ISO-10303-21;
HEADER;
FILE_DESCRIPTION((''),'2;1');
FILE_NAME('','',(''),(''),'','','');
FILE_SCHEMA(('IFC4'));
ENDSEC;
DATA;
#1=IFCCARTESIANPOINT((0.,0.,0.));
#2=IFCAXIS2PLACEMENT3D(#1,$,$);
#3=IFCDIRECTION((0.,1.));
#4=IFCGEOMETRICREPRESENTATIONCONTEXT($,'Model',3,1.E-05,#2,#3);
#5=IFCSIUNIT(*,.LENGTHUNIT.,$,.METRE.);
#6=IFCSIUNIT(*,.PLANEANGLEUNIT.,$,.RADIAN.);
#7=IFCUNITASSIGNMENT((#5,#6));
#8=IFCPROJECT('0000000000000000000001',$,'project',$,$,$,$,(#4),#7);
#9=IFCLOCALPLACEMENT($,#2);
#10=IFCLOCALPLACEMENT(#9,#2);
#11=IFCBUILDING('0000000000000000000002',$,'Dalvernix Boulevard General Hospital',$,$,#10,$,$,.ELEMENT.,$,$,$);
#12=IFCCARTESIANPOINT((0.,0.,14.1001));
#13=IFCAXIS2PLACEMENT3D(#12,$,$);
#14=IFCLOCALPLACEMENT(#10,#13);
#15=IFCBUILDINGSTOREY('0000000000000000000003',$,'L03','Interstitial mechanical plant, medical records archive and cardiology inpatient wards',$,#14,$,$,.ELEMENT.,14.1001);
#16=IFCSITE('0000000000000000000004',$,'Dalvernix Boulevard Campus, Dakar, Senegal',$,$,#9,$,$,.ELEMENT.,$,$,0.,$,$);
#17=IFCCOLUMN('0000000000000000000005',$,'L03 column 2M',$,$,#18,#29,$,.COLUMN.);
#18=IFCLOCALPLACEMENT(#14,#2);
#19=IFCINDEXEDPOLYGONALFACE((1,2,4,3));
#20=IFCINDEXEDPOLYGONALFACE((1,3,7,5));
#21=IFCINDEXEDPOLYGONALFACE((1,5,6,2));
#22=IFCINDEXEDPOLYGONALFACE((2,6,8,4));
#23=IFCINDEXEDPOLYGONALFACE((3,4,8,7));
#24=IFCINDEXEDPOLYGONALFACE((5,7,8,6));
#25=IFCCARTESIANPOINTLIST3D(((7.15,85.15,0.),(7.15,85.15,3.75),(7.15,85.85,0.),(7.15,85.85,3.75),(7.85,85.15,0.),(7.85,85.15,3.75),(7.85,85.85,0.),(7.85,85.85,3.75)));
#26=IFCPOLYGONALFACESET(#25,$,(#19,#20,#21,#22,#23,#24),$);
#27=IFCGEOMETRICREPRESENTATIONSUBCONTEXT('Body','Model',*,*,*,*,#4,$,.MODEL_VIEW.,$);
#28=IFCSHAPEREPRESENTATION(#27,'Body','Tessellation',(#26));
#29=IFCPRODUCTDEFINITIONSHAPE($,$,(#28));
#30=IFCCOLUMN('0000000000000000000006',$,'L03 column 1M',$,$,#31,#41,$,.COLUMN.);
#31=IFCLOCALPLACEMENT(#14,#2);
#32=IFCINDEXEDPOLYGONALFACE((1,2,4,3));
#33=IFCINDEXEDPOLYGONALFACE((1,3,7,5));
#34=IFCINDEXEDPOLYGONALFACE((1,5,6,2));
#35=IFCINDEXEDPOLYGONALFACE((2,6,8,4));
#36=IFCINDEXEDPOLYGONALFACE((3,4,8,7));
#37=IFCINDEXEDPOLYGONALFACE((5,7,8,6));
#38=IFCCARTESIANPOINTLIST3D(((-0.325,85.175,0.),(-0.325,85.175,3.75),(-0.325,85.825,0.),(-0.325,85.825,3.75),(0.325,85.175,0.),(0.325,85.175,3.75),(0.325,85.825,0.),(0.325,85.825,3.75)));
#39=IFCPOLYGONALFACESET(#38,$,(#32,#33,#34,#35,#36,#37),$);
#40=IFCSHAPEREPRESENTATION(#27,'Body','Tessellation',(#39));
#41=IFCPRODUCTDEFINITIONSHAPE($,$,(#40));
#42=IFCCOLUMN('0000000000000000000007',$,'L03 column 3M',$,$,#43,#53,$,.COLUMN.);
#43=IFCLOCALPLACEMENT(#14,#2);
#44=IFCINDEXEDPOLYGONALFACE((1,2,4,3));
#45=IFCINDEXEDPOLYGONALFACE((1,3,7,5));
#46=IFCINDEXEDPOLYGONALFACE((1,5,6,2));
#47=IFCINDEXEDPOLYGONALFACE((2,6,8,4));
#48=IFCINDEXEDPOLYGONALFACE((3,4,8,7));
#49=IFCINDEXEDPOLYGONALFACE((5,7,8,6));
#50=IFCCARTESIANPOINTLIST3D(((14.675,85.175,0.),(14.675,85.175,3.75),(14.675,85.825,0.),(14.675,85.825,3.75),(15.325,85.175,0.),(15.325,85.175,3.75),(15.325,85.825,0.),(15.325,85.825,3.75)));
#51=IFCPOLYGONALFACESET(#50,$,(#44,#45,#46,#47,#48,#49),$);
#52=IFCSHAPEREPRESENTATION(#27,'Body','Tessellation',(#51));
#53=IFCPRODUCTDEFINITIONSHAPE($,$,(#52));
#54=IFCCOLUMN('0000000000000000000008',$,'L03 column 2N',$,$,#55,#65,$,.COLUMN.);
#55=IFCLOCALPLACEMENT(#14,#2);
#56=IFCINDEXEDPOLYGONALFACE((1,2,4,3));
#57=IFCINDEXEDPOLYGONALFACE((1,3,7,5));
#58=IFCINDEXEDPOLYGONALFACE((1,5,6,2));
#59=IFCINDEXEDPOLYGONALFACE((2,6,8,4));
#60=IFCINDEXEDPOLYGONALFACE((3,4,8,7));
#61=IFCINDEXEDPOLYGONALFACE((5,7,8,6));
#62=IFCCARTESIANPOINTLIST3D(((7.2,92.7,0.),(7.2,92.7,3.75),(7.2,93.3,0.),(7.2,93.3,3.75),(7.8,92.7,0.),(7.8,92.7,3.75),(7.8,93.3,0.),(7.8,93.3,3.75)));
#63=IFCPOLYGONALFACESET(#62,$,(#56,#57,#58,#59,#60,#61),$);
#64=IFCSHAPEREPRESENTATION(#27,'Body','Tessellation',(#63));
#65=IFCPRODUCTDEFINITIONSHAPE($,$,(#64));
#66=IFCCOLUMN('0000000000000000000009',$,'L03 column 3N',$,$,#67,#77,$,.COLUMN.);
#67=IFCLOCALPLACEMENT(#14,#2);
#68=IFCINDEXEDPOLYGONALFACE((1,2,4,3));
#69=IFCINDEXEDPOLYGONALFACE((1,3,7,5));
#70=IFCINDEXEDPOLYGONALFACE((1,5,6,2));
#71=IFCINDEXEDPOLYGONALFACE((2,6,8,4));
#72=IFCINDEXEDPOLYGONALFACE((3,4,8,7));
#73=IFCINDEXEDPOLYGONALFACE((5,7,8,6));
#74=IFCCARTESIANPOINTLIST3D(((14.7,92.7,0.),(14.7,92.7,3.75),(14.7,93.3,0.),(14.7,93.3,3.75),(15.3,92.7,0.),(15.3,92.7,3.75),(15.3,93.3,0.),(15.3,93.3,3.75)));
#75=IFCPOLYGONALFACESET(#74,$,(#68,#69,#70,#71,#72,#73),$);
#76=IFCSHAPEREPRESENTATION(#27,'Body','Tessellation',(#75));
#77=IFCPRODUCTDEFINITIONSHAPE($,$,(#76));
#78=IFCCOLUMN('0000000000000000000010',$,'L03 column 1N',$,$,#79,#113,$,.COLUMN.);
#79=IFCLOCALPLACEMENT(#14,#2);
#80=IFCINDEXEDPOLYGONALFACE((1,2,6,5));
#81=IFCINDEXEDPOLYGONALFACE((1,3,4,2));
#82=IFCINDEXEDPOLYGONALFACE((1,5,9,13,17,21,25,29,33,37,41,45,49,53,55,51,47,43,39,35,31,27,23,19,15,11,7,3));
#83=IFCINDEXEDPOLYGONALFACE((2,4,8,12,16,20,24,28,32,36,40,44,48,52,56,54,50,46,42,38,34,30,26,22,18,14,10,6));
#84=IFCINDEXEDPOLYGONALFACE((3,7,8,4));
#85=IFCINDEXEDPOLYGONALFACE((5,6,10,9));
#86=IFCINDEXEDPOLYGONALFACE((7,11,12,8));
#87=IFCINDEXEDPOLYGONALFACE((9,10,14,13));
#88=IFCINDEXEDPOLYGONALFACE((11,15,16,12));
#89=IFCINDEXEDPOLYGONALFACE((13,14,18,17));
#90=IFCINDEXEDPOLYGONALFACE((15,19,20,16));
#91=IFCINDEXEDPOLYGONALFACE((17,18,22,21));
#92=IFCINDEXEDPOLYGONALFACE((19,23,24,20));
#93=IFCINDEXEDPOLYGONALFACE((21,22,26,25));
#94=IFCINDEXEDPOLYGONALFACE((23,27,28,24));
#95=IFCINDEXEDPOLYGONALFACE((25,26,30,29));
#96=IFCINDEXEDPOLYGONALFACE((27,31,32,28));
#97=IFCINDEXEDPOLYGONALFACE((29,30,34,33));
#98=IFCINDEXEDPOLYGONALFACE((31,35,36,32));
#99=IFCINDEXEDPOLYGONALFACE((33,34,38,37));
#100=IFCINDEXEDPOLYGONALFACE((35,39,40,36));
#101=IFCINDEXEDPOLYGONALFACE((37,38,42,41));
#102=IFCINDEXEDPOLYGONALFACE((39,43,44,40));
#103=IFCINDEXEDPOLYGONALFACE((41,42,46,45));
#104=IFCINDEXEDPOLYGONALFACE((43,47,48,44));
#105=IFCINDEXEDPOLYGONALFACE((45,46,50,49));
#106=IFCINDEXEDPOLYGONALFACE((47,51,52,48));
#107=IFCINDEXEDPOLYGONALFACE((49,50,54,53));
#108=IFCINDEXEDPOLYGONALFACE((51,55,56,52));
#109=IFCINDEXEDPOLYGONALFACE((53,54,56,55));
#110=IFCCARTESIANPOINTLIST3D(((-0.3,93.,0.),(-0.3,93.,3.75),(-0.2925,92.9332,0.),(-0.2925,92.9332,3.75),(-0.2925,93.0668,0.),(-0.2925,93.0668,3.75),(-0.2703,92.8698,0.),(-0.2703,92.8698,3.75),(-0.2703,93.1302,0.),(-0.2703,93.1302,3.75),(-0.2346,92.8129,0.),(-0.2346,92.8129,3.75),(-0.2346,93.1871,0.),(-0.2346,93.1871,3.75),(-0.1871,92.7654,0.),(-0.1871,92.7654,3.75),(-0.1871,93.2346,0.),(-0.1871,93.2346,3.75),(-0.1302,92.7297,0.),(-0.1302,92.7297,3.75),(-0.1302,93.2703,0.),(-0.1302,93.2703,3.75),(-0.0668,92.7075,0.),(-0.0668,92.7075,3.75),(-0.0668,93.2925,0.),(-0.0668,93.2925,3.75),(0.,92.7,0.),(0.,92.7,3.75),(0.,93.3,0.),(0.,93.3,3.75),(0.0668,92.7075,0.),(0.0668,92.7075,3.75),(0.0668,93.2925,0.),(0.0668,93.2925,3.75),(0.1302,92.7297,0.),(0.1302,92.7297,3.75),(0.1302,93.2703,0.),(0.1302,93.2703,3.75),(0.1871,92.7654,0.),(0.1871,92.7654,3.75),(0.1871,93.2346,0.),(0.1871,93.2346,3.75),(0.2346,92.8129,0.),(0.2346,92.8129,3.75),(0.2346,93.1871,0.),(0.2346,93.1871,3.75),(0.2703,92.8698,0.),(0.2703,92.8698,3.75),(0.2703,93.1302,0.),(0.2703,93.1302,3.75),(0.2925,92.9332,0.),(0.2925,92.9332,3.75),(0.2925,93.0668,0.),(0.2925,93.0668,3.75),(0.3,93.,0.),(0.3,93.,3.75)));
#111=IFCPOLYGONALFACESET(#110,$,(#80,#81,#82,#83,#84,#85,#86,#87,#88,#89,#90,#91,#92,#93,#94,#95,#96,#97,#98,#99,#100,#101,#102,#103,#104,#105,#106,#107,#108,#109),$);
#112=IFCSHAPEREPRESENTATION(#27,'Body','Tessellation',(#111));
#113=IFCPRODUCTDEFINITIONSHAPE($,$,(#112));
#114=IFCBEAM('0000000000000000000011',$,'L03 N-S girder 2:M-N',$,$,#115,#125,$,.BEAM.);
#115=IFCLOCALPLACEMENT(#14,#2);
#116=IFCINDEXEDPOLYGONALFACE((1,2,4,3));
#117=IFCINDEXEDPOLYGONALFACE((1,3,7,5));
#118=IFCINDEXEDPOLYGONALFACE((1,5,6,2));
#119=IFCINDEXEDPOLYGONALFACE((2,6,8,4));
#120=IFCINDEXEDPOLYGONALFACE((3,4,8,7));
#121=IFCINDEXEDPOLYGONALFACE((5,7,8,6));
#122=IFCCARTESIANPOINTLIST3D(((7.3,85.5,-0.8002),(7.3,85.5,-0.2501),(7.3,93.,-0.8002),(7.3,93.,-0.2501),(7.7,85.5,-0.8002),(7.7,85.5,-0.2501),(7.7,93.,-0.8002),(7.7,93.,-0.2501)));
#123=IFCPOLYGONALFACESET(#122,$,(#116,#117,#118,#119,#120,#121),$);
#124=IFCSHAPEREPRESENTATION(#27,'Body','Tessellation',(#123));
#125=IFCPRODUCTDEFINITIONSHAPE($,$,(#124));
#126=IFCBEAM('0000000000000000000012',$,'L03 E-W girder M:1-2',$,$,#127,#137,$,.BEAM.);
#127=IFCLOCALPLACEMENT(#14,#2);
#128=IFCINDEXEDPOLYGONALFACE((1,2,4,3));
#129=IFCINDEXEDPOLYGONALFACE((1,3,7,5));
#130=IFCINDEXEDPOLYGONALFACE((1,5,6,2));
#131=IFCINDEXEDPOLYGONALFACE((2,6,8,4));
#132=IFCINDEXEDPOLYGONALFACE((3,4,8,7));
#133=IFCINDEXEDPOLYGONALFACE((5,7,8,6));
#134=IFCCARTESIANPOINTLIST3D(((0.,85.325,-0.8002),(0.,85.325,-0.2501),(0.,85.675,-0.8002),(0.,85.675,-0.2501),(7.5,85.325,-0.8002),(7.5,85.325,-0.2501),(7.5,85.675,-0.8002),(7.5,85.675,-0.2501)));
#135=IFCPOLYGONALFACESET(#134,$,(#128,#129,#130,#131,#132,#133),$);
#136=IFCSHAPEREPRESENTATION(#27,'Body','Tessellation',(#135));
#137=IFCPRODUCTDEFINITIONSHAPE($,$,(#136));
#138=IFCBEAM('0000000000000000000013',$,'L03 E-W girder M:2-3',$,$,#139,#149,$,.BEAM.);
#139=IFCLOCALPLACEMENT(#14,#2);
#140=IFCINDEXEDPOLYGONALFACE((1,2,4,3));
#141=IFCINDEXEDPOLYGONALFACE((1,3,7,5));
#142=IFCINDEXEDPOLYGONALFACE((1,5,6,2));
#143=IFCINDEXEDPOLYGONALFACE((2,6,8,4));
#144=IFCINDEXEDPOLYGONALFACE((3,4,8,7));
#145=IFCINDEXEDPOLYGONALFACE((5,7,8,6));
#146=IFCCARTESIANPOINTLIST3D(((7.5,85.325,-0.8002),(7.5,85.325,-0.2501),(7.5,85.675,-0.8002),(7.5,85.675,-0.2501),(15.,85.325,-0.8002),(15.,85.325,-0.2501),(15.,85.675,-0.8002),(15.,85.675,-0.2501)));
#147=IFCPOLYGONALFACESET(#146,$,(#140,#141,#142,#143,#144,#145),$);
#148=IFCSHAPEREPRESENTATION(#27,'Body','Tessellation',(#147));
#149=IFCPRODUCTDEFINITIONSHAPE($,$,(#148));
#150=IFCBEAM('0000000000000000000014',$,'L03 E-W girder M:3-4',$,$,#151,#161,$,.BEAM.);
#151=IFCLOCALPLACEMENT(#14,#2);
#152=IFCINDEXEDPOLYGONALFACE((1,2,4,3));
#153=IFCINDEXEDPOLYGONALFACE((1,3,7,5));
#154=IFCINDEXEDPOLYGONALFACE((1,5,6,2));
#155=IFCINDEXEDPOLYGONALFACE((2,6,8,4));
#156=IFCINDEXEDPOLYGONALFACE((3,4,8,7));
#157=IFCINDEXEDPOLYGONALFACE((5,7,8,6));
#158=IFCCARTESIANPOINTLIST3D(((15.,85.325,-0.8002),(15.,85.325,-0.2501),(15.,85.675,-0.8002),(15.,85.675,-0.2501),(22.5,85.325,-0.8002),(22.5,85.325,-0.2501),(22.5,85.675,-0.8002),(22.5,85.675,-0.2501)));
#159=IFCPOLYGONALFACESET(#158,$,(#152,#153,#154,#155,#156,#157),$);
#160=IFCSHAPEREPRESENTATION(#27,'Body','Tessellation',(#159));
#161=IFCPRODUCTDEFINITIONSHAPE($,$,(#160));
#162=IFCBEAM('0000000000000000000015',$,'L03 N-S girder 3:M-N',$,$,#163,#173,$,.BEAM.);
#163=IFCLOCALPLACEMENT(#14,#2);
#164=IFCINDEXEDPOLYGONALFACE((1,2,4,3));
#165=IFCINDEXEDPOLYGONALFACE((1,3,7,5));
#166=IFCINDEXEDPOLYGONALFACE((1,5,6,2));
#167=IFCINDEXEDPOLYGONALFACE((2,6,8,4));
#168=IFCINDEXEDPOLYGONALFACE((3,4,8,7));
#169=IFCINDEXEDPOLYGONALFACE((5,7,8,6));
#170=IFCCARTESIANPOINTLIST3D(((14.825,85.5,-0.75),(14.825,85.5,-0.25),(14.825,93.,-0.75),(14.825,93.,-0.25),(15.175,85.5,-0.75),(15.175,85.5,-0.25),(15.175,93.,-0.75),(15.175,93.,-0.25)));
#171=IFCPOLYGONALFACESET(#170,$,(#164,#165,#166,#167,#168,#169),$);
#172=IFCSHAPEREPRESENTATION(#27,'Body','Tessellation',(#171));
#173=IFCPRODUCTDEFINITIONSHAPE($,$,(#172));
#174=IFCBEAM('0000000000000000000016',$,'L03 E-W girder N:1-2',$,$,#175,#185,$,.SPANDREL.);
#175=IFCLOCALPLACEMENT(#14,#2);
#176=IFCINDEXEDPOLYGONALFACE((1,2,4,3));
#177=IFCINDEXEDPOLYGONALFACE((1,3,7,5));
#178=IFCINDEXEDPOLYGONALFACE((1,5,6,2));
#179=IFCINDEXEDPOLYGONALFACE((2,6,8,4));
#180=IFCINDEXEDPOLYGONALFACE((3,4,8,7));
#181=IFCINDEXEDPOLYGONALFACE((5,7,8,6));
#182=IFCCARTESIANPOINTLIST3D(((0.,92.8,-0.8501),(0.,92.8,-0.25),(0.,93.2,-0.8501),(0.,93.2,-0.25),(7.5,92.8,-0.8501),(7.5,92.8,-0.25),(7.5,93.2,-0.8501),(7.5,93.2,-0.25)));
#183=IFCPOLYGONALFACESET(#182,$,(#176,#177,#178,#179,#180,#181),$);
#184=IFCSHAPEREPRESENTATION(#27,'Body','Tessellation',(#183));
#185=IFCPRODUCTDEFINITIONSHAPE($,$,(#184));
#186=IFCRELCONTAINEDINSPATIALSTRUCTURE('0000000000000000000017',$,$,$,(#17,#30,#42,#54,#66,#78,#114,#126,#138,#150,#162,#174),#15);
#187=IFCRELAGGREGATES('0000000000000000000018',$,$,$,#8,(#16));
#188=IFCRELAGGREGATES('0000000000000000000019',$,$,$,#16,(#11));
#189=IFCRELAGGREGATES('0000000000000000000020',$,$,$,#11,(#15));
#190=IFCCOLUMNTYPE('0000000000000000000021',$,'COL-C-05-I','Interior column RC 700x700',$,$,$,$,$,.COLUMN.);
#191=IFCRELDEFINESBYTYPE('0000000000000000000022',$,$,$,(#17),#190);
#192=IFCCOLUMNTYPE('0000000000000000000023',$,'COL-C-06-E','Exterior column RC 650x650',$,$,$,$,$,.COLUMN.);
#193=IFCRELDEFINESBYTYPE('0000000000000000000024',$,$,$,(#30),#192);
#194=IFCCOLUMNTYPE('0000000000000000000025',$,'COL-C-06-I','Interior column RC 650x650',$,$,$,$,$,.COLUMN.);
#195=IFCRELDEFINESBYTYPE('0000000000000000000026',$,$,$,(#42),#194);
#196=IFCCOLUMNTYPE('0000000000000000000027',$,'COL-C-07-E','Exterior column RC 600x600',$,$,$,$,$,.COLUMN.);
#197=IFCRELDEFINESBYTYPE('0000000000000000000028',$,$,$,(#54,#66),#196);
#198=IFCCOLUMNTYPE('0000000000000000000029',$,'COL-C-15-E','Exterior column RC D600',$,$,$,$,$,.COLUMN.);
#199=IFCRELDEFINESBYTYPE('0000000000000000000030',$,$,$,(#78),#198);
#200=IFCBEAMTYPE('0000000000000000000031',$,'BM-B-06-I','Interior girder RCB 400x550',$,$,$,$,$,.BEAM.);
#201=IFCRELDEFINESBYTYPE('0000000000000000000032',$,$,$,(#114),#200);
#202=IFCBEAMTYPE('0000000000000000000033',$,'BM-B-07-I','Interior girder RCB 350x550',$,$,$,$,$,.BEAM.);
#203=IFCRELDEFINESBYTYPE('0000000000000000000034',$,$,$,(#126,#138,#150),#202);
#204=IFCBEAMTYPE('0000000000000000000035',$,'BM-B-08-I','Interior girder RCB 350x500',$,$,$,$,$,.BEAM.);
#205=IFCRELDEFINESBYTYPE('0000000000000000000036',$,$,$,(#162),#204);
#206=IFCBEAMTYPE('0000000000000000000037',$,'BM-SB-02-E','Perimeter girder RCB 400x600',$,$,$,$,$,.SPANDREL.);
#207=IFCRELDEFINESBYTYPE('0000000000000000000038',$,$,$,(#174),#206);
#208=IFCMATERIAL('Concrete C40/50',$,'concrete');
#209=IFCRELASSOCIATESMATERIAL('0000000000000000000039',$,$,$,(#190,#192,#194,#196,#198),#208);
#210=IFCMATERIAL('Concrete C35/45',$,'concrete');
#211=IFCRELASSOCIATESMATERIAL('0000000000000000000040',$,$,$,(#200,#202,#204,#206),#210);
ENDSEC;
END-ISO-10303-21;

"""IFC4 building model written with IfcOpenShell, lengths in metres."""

from ifc_helpers import new_model, si_unit, direction, frame, origin, origin_2d, place, context, subcontext, project, spatial, rectangle, circle, extrude, material, material_profile, profile_set, type_object, element, save


model = new_model("IFC4")

# Units and contexts
model_context = context("Model", 3, precision=1e-05, world=origin(), true_north=direction((0.0, 1.0)))
body_context = subcontext(model_context, "Body", "Model", "MODEL_VIEW")
ifc_project = project(units=[si_unit("LENGTHUNIT", "METRE"), si_unit("PLANEANGLEUNIT", "RADIAN")], contexts=[model_context])

# Site, building, storey
site_placement = place(None, origin())
site = spatial("IfcSite", under=ifc_project, at=site_placement, Name="Dalvernix Boulevard Campus, Dakar, Senegal", CompositionType="ELEMENT", RefElevation=0.0)
building_placement = place(site_placement, origin())
building = spatial("IfcBuilding", under=site, at=building_placement, Name="Dalvernix Boulevard General Hospital", CompositionType="ELEMENT")
storey_placement = place(building_placement, frame((0.0, 0.0, 14.1001)))
storey = spatial("IfcBuildingStorey", under=building, at=storey_placement, Name="L03", Description="Interstitial mechanical plant, medical records archive and cardiology inpatient wards", CompositionType="ELEMENT", Elevation=14.1001)

# Columns
ifc_material_1 = material(Name="Concrete C40/50", Category="concrete")
ifc_material_profile_1 = material_profile(ifc_material_1, rectangle(XDim=0.7, YDim=0.7, at=origin_2d()), Name="RC 700x700")
ifc_profile_set_1 = profile_set([ifc_material_profile_1], Name="Concrete C40/50")
column_type_1 = type_object("IfcColumnType", Name="COL-C-05-I", Description="Interior column RC 700x700", PredefinedType="COLUMN", material=ifc_profile_set_1)
column_1_placement = place(storey_placement, frame((7.5, 85.5, 0.0), z_axis=(0.0, 0.0, 1.0), x_axis=(1.0, 0.0, 0.0)))
element("IfcColumn", 1, at=column_1_placement, inside=storey, type_object=column_type_1, Name="L03 column 2M", PredefinedType="COLUMN", context=body_context, shape_type="SweptSolid", body=[
    extrude(rectangle(XDim=0.7, YDim=0.7, at=origin_2d()), origin(), (0.0, 0.0, 1.0), 3.75),
])
ifc_material_profile_2 = material_profile(ifc_material_1, rectangle(XDim=0.6499, YDim=0.6499, at=origin_2d()), Name="RC 650x650")
ifc_profile_set_2 = profile_set([ifc_material_profile_2], Name="Concrete C40/50")
column_type_2 = type_object("IfcColumnType", Name="COL-C-06-E", Description="Exterior column RC 650x650", PredefinedType="COLUMN", material=ifc_profile_set_2)
column_2_placement = place(storey_placement, frame((0.0, 85.5, 0.0), z_axis=(0.0, 0.0, 1.0), x_axis=(1.0, 0.0, 0.0)))
element("IfcColumn", 2, at=column_2_placement, inside=storey, type_object=column_type_2, Name="L03 column 1M", PredefinedType="COLUMN", context=body_context, shape_type="SweptSolid", body=[
    extrude(rectangle(XDim=0.6499, YDim=0.6499, at=origin_2d()), origin(), (0.0, 0.0, 1.0), 3.75),
])
ifc_material_profile_3 = material_profile(ifc_material_1, rectangle(XDim=0.6499, YDim=0.6499, at=origin_2d()), Name="RC 650x650")
ifc_profile_set_3 = profile_set([ifc_material_profile_3], Name="Concrete C40/50")
column_type_3 = type_object("IfcColumnType", Name="COL-C-06-I", Description="Interior column RC 650x650", PredefinedType="COLUMN", material=ifc_profile_set_3)
column_3_placement = place(storey_placement, frame((15.0, 85.5, 0.0), z_axis=(0.0, 0.0, 1.0), x_axis=(1.0, 0.0, 0.0)))
element("IfcColumn", 3, at=column_3_placement, inside=storey, type_object=column_type_3, Name="L03 column 3M", PredefinedType="COLUMN", context=body_context, shape_type="SweptSolid", body=[
    extrude(rectangle(XDim=0.6499, YDim=0.6499, at=origin_2d()), origin(), (0.0, 0.0, 1.0), 3.75),
])
ifc_material_profile_4 = material_profile(ifc_material_1, rectangle(XDim=0.6001, YDim=0.6001, at=origin_2d()), Name="RC 600x600")
ifc_profile_set_4 = profile_set([ifc_material_profile_4], Name="Concrete C40/50")
column_type_4 = type_object("IfcColumnType", Name="COL-C-07-E", Description="Exterior column RC 600x600", PredefinedType="COLUMN", material=ifc_profile_set_4)
for number, where, z_axis, x_axis, name in (
    (4, (7.5, 93.0, 0.0), (0.0, 0.0, 1.0), (1.0, 0.0, 0.0), "L03 column 2N"),
    (5, (15.0, 93.0, 0.0), (0.0, 0.0, 1.0), (1.0, 0.0, 0.0), "L03 column 3N"),
):
    element("IfcColumn", number, at=place(storey_placement, frame(where, z_axis=z_axis, x_axis=x_axis)), inside=storey, type_object=column_type_4, Name=name, PredefinedType="COLUMN", context=body_context, shape_type="SweptSolid", body=[
        extrude(rectangle(XDim=0.6001, YDim=0.6001, at=origin_2d()), origin(), (0.0, 0.0, 1.0), 3.75),
    ])
ifc_material_profile_5 = material_profile(ifc_material_1, circle(Radius=0.3, at=origin_2d()), Name="RC D600")
ifc_profile_set_5 = profile_set([ifc_material_profile_5], Name="Concrete C40/50")
column_type_5 = type_object("IfcColumnType", Name="COL-C-15-E", Description="Exterior column RC D600", PredefinedType="COLUMN", material=ifc_profile_set_5)
column_4_placement = place(storey_placement, frame((0.0, 93.0, 0.0), z_axis=(0.0, 0.0, 1.0), x_axis=(1.0, 0.0, 0.0)))
element("IfcColumn", 6, at=column_4_placement, inside=storey, type_object=column_type_5, Name="L03 column 1N", PredefinedType="COLUMN", context=body_context, shape_type="SweptSolid", body=[
    extrude(circle(Radius=0.3, at=origin_2d()), origin(), (0.0, 0.0, 1.0), 3.75),
])

# Beams
ifc_material_2 = material(Name="Concrete C35/45", Category="concrete")
ifc_material_profile_6 = material_profile(ifc_material_2, rectangle(XDim=0.3999, YDim=0.55, at=origin_2d()), Name="RCB 400x550")
ifc_profile_set_6 = profile_set([ifc_material_profile_6], Name="Concrete C35/45")
beam_type_1 = type_object("IfcBeamType", Name="BM-B-06-I", Description="Interior girder RCB 400x550", PredefinedType="BEAM", material=ifc_profile_set_6)
beam_1_placement = place(storey_placement, frame((7.5, 85.5, -0.5251), z_axis=(0.0, 1.0, 0.0), x_axis=(-1.0, 0.0, 0.0)))
element("IfcBeam", 7, at=beam_1_placement, inside=storey, type_object=beam_type_1, Name="L03 N-S girder 2:M-N", PredefinedType="BEAM", context=body_context, shape_type="SweptSolid", body=[
    extrude(rectangle(XDim=0.3999, YDim=0.55, at=origin_2d()), origin(), (0.0, 0.0, 1.0), 7.5),
])
ifc_material_profile_7 = material_profile(ifc_material_2, rectangle(XDim=0.3501, YDim=0.55, at=origin_2d()), Name="RCB 350x550")
ifc_profile_set_7 = profile_set([ifc_material_profile_7], Name="Concrete C35/45")
beam_type_2 = type_object("IfcBeamType", Name="BM-B-07-I", Description="Interior girder RCB 350x550", PredefinedType="BEAM", material=ifc_profile_set_7)
for number, where, z_axis, x_axis, name in (
    (8, (0.0, 85.5, -0.5251), (1.0, 0.0, 0.0), (0.0, 1.0, 0.0), "L03 E-W girder M:1-2"),
    (9, (7.5, 85.5, -0.5251), (1.0, 0.0, 0.0), (0.0, 1.0, 0.0), "L03 E-W girder M:2-3"),
    (10, (15.0, 85.5, -0.5251), (1.0, 0.0, 0.0), (0.0, 1.0, 0.0), "L03 E-W girder M:3-4"),
):
    element("IfcBeam", number, at=place(storey_placement, frame(where, z_axis=z_axis, x_axis=x_axis)), inside=storey, type_object=beam_type_2, Name=name, PredefinedType="BEAM", context=body_context, shape_type="SweptSolid", body=[
        extrude(rectangle(XDim=0.3501, YDim=0.55, at=origin_2d()), origin(), (0.0, 0.0, 1.0), 7.5),
    ])
ifc_material_profile_8 = material_profile(ifc_material_2, rectangle(XDim=0.3501, YDim=0.5, at=origin_2d()), Name="RCB 350x500")
ifc_profile_set_8 = profile_set([ifc_material_profile_8], Name="Concrete C35/45")
beam_type_3 = type_object("IfcBeamType", Name="BM-B-08-I", Description="Interior girder RCB 350x500", PredefinedType="BEAM", material=ifc_profile_set_8)
beam_2_placement = place(storey_placement, frame((15.0, 85.5, -0.5), z_axis=(0.0, 1.0, 0.0), x_axis=(-1.0, 0.0, 0.0)))
element("IfcBeam", 11, at=beam_2_placement, inside=storey, type_object=beam_type_3, Name="L03 N-S girder 3:M-N", PredefinedType="BEAM", context=body_context, shape_type="SweptSolid", body=[
    extrude(rectangle(XDim=0.3501, YDim=0.5, at=origin_2d()), origin(), (0.0, 0.0, 1.0), 7.5),
])
ifc_material_profile_9 = material_profile(ifc_material_2, rectangle(XDim=0.3999, YDim=0.6001, at=origin_2d()), Name="RCB 400x600")
ifc_profile_set_9 = profile_set([ifc_material_profile_9], Name="Concrete C35/45")
beam_type_4 = type_object("IfcBeamType", Name="BM-SB-02-E", Description="Perimeter girder RCB 400x600", PredefinedType="SPANDREL", material=ifc_profile_set_9)
for number, where, z_axis, x_axis, name in (
    (12, (0.0, 93.0, -0.55), (1.0, 0.0, 0.0), (0.0, 1.0, 0.0), "L03 E-W girder N:1-2"),
):
    element("IfcBeam", number, at=place(storey_placement, frame(where, z_axis=z_axis, x_axis=x_axis)), inside=storey, type_object=beam_type_4, Name=name, PredefinedType="SPANDREL", context=body_context, shape_type="SweptSolid", body=[
        extrude(rectangle(XDim=0.3999, YDim=0.6001, at=origin_2d()), origin(), (0.0, 0.0, 1.0), 7.5),
    ])

save(model, "model.ifc")
